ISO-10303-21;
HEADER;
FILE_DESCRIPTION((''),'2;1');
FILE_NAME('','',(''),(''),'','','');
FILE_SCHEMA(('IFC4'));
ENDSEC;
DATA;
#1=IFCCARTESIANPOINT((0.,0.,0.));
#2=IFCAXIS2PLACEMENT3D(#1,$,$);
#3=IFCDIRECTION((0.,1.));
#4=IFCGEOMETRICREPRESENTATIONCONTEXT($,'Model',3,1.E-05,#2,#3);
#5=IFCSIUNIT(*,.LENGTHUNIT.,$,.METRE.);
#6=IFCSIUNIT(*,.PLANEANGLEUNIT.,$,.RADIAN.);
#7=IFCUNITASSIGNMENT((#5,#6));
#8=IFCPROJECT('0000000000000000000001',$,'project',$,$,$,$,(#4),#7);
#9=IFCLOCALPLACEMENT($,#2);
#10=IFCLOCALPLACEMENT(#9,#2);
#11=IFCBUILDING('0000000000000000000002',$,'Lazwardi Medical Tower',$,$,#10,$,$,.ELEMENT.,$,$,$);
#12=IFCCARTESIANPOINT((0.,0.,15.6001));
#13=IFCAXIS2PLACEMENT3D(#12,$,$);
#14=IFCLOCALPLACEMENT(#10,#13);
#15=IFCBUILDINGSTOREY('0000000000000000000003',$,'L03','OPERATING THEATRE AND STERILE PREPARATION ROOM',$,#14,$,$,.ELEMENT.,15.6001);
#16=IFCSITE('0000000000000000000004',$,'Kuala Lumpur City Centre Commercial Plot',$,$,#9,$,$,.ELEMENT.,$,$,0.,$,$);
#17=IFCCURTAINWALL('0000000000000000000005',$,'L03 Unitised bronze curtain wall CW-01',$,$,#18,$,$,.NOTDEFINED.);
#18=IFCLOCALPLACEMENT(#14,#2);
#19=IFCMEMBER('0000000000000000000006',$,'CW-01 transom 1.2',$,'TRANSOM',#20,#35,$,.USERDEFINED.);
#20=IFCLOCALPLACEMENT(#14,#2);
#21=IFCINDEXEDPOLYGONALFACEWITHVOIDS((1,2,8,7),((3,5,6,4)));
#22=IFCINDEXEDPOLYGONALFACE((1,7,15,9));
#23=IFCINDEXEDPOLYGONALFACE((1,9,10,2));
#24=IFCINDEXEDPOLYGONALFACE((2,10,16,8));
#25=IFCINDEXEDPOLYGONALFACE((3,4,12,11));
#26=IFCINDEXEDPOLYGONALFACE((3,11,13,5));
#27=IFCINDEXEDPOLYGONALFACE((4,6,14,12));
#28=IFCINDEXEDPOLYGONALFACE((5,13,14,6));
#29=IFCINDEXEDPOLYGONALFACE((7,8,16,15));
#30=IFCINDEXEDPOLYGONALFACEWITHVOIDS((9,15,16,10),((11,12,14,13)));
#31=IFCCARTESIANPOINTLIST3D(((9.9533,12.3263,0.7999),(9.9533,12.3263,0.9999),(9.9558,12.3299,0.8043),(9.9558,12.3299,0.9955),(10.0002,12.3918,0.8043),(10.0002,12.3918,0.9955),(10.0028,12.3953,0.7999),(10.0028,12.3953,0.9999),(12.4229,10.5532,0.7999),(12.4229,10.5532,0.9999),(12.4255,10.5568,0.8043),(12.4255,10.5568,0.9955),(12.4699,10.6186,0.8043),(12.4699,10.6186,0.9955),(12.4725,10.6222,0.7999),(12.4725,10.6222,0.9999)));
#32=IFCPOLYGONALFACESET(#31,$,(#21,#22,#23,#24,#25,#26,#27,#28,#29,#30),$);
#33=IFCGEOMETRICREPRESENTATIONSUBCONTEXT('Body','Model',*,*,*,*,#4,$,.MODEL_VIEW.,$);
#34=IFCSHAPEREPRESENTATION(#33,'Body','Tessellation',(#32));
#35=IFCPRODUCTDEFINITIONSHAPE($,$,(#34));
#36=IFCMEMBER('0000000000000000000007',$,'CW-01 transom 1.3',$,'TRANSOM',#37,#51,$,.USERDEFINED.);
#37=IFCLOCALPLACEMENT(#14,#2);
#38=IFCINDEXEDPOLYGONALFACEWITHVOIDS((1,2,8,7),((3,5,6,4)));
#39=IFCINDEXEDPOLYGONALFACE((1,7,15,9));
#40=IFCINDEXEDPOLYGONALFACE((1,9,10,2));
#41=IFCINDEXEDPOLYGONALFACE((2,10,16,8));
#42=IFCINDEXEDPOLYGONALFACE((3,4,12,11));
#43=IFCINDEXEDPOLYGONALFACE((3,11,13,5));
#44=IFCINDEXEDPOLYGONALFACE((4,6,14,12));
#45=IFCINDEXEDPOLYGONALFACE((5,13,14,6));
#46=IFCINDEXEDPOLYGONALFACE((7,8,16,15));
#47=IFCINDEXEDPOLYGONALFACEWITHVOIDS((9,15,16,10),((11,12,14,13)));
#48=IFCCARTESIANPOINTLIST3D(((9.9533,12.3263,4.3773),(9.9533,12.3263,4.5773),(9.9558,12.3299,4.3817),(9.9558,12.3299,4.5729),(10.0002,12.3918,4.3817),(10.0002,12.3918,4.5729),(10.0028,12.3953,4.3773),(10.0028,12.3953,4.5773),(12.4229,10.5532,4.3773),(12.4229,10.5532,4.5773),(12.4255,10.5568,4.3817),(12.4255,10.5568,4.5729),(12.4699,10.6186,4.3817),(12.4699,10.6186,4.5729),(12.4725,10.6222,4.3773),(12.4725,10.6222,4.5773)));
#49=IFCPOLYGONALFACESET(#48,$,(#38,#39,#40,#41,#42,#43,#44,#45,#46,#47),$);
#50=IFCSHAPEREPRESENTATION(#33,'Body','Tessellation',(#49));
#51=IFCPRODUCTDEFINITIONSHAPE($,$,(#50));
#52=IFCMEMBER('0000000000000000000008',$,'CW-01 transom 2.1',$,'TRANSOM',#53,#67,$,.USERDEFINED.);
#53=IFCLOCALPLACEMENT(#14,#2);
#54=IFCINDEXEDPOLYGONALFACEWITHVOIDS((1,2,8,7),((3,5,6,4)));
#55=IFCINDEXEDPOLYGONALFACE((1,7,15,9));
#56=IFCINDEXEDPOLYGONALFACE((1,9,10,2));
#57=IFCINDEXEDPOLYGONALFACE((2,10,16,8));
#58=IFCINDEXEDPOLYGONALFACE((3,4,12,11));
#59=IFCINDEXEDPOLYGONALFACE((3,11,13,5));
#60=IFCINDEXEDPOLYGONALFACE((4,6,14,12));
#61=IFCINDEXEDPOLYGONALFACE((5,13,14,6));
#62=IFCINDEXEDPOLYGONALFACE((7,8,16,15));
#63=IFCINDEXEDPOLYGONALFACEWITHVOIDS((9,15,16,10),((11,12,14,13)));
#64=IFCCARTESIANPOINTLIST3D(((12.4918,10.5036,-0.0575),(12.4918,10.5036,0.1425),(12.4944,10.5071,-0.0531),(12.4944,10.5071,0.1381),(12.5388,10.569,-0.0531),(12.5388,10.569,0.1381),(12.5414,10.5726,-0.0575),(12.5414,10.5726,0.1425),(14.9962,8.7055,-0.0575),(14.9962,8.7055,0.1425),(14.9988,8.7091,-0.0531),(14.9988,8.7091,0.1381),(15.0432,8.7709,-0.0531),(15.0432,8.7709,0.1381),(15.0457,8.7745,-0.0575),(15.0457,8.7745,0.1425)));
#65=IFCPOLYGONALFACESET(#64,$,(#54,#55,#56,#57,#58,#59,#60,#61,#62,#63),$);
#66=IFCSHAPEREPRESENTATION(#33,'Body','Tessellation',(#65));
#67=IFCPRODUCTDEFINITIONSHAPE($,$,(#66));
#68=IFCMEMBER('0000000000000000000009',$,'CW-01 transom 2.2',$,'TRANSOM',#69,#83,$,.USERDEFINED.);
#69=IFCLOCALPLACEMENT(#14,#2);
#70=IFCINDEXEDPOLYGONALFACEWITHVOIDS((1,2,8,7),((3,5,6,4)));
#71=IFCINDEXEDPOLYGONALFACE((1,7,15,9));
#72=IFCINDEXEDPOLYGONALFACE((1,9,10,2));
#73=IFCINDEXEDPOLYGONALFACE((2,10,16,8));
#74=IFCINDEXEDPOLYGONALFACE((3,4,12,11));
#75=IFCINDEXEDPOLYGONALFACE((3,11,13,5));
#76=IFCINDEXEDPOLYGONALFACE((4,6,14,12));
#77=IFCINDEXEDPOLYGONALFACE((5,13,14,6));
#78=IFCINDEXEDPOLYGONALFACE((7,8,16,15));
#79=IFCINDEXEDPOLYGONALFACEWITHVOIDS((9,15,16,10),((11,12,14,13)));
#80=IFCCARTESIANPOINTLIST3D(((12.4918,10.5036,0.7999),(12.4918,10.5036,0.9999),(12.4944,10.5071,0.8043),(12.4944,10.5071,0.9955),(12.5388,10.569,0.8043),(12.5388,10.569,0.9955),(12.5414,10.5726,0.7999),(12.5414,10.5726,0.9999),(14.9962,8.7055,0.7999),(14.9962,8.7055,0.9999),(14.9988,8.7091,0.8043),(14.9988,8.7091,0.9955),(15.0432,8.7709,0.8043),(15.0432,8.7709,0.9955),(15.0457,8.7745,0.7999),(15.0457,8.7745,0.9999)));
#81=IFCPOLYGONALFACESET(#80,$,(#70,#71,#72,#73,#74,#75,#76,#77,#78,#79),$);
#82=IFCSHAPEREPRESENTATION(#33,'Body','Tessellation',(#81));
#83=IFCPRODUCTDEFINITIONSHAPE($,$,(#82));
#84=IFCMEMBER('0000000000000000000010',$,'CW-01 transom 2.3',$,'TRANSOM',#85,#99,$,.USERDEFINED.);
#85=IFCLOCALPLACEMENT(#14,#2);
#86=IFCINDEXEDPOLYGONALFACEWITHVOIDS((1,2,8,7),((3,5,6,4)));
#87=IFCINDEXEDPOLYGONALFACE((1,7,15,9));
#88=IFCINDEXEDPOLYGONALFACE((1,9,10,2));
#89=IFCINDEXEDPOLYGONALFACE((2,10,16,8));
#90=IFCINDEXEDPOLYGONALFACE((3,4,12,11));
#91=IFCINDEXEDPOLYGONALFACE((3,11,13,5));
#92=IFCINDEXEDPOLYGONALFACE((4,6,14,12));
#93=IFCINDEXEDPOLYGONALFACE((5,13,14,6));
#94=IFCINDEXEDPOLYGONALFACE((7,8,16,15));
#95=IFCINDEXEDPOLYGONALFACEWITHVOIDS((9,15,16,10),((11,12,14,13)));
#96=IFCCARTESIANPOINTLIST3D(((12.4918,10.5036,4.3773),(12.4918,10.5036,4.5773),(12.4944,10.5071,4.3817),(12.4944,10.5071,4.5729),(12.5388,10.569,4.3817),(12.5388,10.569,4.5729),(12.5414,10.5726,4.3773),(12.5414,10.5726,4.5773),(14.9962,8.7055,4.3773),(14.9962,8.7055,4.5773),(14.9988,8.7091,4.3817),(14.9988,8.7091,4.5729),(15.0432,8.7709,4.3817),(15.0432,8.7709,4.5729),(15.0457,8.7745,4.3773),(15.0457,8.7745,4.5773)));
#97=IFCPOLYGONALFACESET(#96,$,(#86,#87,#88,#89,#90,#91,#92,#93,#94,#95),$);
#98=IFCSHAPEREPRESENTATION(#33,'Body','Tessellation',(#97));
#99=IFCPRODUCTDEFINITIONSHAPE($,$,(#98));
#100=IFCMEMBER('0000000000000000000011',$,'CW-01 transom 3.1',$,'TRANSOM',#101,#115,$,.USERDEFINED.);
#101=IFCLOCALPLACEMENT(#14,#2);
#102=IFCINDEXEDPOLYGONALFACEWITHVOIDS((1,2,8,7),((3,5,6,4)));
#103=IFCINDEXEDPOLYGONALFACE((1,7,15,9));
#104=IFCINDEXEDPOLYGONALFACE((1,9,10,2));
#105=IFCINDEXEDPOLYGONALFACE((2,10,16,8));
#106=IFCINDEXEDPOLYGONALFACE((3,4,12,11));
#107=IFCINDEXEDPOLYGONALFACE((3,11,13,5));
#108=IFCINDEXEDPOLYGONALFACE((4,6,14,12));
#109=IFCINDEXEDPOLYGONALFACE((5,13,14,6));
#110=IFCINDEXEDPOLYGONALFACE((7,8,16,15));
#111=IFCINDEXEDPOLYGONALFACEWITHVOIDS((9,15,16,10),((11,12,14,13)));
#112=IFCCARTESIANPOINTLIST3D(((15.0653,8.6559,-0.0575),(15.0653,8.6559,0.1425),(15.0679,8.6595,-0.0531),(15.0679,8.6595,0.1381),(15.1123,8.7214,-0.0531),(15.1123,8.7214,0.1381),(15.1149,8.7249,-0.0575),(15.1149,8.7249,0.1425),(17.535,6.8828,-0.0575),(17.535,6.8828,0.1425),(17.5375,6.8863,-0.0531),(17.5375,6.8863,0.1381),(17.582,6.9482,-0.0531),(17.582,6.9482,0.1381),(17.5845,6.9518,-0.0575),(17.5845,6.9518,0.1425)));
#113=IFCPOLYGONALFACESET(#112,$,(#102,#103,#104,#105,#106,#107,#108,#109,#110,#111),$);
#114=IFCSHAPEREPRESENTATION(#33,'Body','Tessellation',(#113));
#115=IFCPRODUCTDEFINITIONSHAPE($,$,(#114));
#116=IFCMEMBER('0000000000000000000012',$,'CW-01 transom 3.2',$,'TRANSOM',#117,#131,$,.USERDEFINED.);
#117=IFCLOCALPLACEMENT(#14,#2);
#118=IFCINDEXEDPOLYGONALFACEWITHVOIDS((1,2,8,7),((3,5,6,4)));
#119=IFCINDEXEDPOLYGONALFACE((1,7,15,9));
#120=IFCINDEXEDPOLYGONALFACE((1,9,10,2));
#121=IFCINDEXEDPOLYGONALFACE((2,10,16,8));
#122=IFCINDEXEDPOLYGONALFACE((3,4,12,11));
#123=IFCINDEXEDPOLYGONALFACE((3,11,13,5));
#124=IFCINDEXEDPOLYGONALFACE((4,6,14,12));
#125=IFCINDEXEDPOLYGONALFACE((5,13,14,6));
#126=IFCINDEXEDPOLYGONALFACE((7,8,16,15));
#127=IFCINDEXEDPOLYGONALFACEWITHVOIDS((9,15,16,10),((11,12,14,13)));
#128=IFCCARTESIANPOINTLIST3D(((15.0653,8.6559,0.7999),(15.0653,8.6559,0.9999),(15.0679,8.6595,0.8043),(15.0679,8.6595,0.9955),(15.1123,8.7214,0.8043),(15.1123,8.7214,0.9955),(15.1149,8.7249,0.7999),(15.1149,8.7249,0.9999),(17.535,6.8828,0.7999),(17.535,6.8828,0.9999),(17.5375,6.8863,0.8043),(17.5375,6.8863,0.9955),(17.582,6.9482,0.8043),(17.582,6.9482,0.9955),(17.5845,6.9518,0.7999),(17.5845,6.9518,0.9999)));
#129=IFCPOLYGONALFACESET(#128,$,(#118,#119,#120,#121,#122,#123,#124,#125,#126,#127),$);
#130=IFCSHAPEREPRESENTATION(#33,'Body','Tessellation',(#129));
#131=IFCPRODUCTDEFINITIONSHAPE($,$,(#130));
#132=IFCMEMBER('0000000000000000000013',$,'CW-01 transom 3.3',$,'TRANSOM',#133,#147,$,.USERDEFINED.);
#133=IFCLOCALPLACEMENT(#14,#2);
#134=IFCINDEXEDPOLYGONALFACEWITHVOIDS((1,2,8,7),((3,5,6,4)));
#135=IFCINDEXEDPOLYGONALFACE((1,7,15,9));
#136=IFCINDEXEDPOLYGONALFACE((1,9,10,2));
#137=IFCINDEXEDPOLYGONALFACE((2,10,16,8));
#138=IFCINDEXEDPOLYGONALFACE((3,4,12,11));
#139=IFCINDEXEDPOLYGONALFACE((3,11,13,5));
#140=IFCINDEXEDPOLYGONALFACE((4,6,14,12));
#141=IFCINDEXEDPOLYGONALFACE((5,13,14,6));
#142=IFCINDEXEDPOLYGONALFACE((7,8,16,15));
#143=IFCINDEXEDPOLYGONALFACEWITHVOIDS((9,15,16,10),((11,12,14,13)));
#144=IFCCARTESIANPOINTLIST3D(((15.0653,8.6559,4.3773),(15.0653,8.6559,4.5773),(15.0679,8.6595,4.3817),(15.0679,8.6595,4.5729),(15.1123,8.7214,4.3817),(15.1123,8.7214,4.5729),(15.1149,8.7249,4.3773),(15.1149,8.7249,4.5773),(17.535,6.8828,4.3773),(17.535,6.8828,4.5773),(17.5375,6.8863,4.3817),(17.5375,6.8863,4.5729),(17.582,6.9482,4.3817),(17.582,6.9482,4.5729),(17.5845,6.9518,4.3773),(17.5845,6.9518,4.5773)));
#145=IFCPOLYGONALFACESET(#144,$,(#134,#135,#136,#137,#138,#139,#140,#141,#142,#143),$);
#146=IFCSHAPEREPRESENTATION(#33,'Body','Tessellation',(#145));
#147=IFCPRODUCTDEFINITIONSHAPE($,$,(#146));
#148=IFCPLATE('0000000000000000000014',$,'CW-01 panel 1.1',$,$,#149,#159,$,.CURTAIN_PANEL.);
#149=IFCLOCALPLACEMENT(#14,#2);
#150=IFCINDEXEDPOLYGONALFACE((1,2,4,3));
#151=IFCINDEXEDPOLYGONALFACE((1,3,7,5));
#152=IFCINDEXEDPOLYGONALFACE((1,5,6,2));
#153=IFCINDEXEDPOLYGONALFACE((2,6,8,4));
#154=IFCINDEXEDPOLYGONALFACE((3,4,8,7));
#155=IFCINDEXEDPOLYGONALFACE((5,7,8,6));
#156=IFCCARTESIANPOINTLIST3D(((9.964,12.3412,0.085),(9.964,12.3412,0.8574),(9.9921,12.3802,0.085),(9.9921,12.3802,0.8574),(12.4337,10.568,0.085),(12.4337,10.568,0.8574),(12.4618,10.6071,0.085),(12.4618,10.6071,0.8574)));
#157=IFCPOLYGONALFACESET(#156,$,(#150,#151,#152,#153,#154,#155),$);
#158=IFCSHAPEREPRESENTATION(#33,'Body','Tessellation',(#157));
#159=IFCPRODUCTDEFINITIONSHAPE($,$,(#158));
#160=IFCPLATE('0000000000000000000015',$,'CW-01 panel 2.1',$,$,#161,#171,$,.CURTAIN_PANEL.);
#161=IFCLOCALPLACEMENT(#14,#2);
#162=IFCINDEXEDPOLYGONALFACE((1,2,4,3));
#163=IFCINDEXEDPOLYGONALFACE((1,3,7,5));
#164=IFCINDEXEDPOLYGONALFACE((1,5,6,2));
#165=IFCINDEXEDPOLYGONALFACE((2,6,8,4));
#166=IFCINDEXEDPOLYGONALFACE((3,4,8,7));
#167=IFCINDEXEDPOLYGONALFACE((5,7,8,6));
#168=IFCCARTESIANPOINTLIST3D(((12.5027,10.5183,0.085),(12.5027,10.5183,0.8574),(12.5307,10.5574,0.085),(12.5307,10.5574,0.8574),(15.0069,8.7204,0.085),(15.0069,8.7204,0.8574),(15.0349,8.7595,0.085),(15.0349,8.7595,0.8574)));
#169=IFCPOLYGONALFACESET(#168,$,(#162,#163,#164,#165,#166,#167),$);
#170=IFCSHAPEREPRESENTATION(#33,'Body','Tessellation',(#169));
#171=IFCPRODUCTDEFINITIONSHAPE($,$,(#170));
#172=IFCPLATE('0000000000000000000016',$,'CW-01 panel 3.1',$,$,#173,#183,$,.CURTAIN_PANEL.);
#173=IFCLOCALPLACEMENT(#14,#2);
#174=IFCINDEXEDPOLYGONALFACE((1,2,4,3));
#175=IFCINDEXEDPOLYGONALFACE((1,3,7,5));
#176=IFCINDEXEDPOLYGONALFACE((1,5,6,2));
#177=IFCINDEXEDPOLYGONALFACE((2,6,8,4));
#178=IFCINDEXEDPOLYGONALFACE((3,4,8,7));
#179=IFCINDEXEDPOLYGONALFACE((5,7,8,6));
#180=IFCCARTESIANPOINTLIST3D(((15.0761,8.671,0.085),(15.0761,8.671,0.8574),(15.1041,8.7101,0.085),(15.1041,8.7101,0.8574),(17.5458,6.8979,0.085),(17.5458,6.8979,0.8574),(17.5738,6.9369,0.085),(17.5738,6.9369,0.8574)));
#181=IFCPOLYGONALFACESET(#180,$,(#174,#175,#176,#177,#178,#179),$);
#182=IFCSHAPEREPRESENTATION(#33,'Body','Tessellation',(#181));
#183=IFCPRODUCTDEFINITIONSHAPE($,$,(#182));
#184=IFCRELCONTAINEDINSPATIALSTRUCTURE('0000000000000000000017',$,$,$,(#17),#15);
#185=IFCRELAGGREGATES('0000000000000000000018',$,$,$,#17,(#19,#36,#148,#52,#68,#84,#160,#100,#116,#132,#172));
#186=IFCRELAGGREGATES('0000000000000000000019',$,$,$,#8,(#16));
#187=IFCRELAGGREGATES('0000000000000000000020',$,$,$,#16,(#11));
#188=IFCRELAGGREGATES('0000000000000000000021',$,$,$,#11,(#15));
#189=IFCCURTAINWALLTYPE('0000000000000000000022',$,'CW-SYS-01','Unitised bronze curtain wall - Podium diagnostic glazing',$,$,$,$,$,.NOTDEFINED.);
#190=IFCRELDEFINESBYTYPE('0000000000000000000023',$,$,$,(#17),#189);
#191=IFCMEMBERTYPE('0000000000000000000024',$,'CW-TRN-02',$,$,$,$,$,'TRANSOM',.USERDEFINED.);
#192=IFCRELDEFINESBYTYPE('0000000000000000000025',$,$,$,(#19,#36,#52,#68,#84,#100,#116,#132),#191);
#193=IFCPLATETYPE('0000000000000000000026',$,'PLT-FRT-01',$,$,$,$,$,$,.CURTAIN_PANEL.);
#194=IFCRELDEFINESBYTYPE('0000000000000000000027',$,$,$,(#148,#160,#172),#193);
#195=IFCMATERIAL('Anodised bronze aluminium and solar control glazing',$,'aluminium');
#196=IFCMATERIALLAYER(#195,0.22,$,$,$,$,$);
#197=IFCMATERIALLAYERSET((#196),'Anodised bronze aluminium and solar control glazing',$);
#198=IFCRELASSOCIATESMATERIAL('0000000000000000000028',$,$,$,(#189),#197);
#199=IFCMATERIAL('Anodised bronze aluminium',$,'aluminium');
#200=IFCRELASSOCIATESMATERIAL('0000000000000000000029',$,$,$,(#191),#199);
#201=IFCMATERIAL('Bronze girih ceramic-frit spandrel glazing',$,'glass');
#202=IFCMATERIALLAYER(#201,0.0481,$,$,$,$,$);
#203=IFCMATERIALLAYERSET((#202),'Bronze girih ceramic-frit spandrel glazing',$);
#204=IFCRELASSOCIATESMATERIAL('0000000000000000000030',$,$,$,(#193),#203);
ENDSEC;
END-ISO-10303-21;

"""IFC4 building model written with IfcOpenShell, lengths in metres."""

from ifc_helpers import new_model, si_unit, direction, frame, origin, origin_2d, place, context, subcontext, project, spatial, rectangle, hollow_rectangle, extrude, material, layer, layer_set, material_profile, profile_set, type_object, element, aggregate, save


model = new_model("IFC4")

# Units and contexts
model_context = context("Model", 3, precision=1e-05, world=origin(), true_north=direction((0.0, 1.0)))
body_context = subcontext(model_context, "Body", "Model", "MODEL_VIEW")
ifc_project = project(units=[si_unit("LENGTHUNIT", "METRE"), si_unit("PLANEANGLEUNIT", "RADIAN")], contexts=[model_context])

# Site, building, storey
site_placement = place(None, origin())
site = spatial("IfcSite", under=ifc_project, at=site_placement, Name="Kuala Lumpur City Centre Commercial Plot", CompositionType="ELEMENT", RefElevation=0.0)
building_placement = place(site_placement, origin())
building = spatial("IfcBuilding", under=site, at=building_placement, Name="Lazwardi Medical Tower", CompositionType="ELEMENT")
storey_placement = place(building_placement, frame((0.0, 0.0, 15.6001)))
storey = spatial("IfcBuildingStorey", under=building, at=storey_placement, Name="L03", Description="OPERATING THEATRE AND STERILE PREPARATION ROOM", CompositionType="ELEMENT", Elevation=15.6001)

# Shared definitions
ifc_material_1 = material(Name="Anodised bronze aluminium and solar control glazing", Category="aluminium")
ifc_layer_1 = layer(ifc_material_1, 0.22)
ifc_layer_set_1 = layer_set([ifc_layer_1], Name="Anodised bronze aluminium and solar control glazing")
curtain_wall_type = type_object("IfcCurtainWallType", Name="CW-SYS-01", Description="Unitised bronze curtain wall - Podium diagnostic glazing", PredefinedType="NOTDEFINED", material=ifc_layer_set_1)
ifc_material_2 = material(Name="Anodised bronze aluminium", Category="aluminium")

# Curtain wall, members, plates
curtain_wall_1_placement = place(storey_placement, origin())
curtain_wall_1 = element("IfcCurtainWall", 1, at=curtain_wall_1_placement, inside=storey, type_object=curtain_wall_type, Name="L03 Unitised bronze curtain wall CW-01", PredefinedType="NOTDEFINED")
ifc_material_profile_1 = material_profile(ifc_material_2, hollow_rectangle(XDim=0.085, YDim=0.2, WallThickness=0.0044, at=origin_2d()), Name="ALU-TRANSOM 200x85x4.5")
ifc_profile_set_1 = profile_set([ifc_material_profile_1], Name="Anodised bronze aluminium")
member_type_1 = type_object("IfcMemberType", Name="CW-TRN-02", ElementType="TRANSOM", PredefinedType="USERDEFINED", material=ifc_profile_set_1)
member_1_placement = place(storey_placement, frame((9.978, 12.3608, 0.8999), z_axis=(0.812315, -0.583219, 0.0), x_axis=(0.583219, 0.812315, 0.0)))
member_1 = element("IfcMember", 2, at=member_1_placement, type_object=member_type_1, Name="CW-01 transom 1.2", ObjectType="TRANSOM", PredefinedType="USERDEFINED", context=body_context, shape_type="SweptSolid", body=[
    extrude(hollow_rectangle(XDim=0.085, YDim=0.2, WallThickness=0.0044, at=origin_2d()), origin(), (0.0, 0.0, 1.0), 3.0403),
])
member_2_placement = place(storey_placement, frame((9.978, 12.3608, 4.4773), z_axis=(0.812315, -0.583219, 0.0), x_axis=(0.583219, 0.812315, 0.0)))
member_2 = element("IfcMember", 3, at=member_2_placement, type_object=member_type_1, Name="CW-01 transom 1.3", ObjectType="TRANSOM", PredefinedType="USERDEFINED", context=body_context, shape_type="SweptSolid", body=[
    extrude(hollow_rectangle(XDim=0.085, YDim=0.2, WallThickness=0.0044, at=origin_2d()), origin(), (0.0, 0.0, 1.0), 3.0403),
])
member_3_placement = place(storey_placement, frame((12.5166, 10.5381, 0.0425), z_axis=(0.812313, -0.583222, 0.0), x_axis=(0.583222, 0.812313, 0.0)))
member_3 = element("IfcMember", 4, at=member_3_placement, type_object=member_type_1, Name="CW-01 transom 2.1", ObjectType="TRANSOM", PredefinedType="USERDEFINED", context=body_context, shape_type="SweptSolid", body=[
    extrude(hollow_rectangle(XDim=0.085, YDim=0.2, WallThickness=0.0044, at=origin_2d()), origin(), (0.0, 0.0, 1.0), 3.083),
])
member_4_placement = place(storey_placement, frame((12.5166, 10.5381, 0.8999), z_axis=(0.812313, -0.583222, 0.0), x_axis=(0.583222, 0.812313, 0.0)))
member_4 = element("IfcMember", 5, at=member_4_placement, type_object=member_type_1, Name="CW-01 transom 2.2", ObjectType="TRANSOM", PredefinedType="USERDEFINED", context=body_context, shape_type="SweptSolid", body=[
    extrude(hollow_rectangle(XDim=0.085, YDim=0.2, WallThickness=0.0044, at=origin_2d()), origin(), (0.0, 0.0, 1.0), 3.083),
])
member_5_placement = place(storey_placement, frame((12.5166, 10.5381, 4.4773), z_axis=(0.812313, -0.583222, 0.0), x_axis=(0.583222, 0.812313, 0.0)))
member_5 = element("IfcMember", 6, at=member_5_placement, type_object=member_type_1, Name="CW-01 transom 2.3", ObjectType="TRANSOM", PredefinedType="USERDEFINED", context=body_context, shape_type="SweptSolid", body=[
    extrude(hollow_rectangle(XDim=0.085, YDim=0.2, WallThickness=0.0044, at=origin_2d()), origin(), (0.0, 0.0, 1.0), 3.083),
])
member_6_placement = place(storey_placement, frame((15.0901, 8.6904, 0.0425), z_axis=(0.812315, -0.583219, 0.0), x_axis=(0.583219, 0.812315, 0.0)))
member_6 = element("IfcMember", 7, at=member_6_placement, type_object=member_type_1, Name="CW-01 transom 3.1", ObjectType="TRANSOM", PredefinedType="USERDEFINED", context=body_context, shape_type="SweptSolid", body=[
    extrude(hollow_rectangle(XDim=0.085, YDim=0.2, WallThickness=0.0044, at=origin_2d()), origin(), (0.0, 0.0, 1.0), 3.0403),
])
member_7_placement = place(storey_placement, frame((15.0901, 8.6904, 0.8999), z_axis=(0.812315, -0.583219, 0.0), x_axis=(0.583219, 0.812315, 0.0)))
member_7 = element("IfcMember", 8, at=member_7_placement, type_object=member_type_1, Name="CW-01 transom 3.2", ObjectType="TRANSOM", PredefinedType="USERDEFINED", context=body_context, shape_type="SweptSolid", body=[
    extrude(hollow_rectangle(XDim=0.085, YDim=0.2, WallThickness=0.0044, at=origin_2d()), origin(), (0.0, 0.0, 1.0), 3.0403),
])
member_8_placement = place(storey_placement, frame((15.0901, 8.6904, 4.4773), z_axis=(0.812315, -0.583219, 0.0), x_axis=(0.583219, 0.812315, 0.0)))
member_8 = element("IfcMember", 9, at=member_8_placement, type_object=member_type_1, Name="CW-01 transom 3.3", ObjectType="TRANSOM", PredefinedType="USERDEFINED", context=body_context, shape_type="SweptSolid", body=[
    extrude(hollow_rectangle(XDim=0.085, YDim=0.2, WallThickness=0.0044, at=origin_2d()), origin(), (0.0, 0.0, 1.0), 3.0403),
])
ifc_material_3 = material(Name="Bronze girih ceramic-frit spandrel glazing", Category="glass")
ifc_layer_2 = layer(ifc_material_3, 0.0481)
ifc_layer_set_2 = layer_set([ifc_layer_2], Name="Bronze girih ceramic-frit spandrel glazing")
plate_type_1 = type_object("IfcPlateType", Name="PLT-FRT-01", PredefinedType="CURTAIN_PANEL", material=ifc_layer_set_2)
plate_1_placement = place(storey_placement, frame((11.2129, 11.4741, 0.085), z_axis=(0.0, 0.0, 1.0), x_axis=(0.812318, -0.583214, 0.0)))
plate_1 = element("IfcPlate", 10, at=plate_1_placement, type_object=plate_type_1, Name="CW-01 panel 1.1", PredefinedType="CURTAIN_PANEL", context=body_context, shape_type="SweptSolid", body=[
    extrude(rectangle(XDim=3.0403, YDim=0.0481, at=origin_2d()), origin(), (0.0, 0.0, 1.0), 0.7725),
])
plate_2_placement = place(storey_placement, frame((13.7688, 9.6389, 0.085), z_axis=(0.0, 0.0, 1.0), x_axis=(0.812318, -0.583214, 0.0)))
plate_2 = element("IfcPlate", 11, at=plate_2_placement, type_object=plate_type_1, Name="CW-01 panel 2.1", PredefinedType="CURTAIN_PANEL", context=body_context, shape_type="SweptSolid", body=[
    extrude(rectangle(XDim=3.0828, YDim=0.0481, at=origin_2d()), origin(), (0.0, 0.0, 1.0), 0.7725),
])
plate_3_placement = place(storey_placement, frame((16.325, 7.804, 0.085), z_axis=(0.0, 0.0, 1.0), x_axis=(0.812318, -0.583214, 0.0)))
plate_3 = element("IfcPlate", 12, at=plate_3_placement, type_object=plate_type_1, Name="CW-01 panel 3.1", PredefinedType="CURTAIN_PANEL", context=body_context, shape_type="SweptSolid", body=[
    extrude(rectangle(XDim=3.0403, YDim=0.0481, at=origin_2d()), origin(), (0.0, 0.0, 1.0), 0.7725),
])
aggregate(curtain_wall_1, [member_1, member_2, plate_1, member_3, member_4, member_5, plate_2, member_6, member_7, member_8, plate_3])

save(model, "model.ifc")
